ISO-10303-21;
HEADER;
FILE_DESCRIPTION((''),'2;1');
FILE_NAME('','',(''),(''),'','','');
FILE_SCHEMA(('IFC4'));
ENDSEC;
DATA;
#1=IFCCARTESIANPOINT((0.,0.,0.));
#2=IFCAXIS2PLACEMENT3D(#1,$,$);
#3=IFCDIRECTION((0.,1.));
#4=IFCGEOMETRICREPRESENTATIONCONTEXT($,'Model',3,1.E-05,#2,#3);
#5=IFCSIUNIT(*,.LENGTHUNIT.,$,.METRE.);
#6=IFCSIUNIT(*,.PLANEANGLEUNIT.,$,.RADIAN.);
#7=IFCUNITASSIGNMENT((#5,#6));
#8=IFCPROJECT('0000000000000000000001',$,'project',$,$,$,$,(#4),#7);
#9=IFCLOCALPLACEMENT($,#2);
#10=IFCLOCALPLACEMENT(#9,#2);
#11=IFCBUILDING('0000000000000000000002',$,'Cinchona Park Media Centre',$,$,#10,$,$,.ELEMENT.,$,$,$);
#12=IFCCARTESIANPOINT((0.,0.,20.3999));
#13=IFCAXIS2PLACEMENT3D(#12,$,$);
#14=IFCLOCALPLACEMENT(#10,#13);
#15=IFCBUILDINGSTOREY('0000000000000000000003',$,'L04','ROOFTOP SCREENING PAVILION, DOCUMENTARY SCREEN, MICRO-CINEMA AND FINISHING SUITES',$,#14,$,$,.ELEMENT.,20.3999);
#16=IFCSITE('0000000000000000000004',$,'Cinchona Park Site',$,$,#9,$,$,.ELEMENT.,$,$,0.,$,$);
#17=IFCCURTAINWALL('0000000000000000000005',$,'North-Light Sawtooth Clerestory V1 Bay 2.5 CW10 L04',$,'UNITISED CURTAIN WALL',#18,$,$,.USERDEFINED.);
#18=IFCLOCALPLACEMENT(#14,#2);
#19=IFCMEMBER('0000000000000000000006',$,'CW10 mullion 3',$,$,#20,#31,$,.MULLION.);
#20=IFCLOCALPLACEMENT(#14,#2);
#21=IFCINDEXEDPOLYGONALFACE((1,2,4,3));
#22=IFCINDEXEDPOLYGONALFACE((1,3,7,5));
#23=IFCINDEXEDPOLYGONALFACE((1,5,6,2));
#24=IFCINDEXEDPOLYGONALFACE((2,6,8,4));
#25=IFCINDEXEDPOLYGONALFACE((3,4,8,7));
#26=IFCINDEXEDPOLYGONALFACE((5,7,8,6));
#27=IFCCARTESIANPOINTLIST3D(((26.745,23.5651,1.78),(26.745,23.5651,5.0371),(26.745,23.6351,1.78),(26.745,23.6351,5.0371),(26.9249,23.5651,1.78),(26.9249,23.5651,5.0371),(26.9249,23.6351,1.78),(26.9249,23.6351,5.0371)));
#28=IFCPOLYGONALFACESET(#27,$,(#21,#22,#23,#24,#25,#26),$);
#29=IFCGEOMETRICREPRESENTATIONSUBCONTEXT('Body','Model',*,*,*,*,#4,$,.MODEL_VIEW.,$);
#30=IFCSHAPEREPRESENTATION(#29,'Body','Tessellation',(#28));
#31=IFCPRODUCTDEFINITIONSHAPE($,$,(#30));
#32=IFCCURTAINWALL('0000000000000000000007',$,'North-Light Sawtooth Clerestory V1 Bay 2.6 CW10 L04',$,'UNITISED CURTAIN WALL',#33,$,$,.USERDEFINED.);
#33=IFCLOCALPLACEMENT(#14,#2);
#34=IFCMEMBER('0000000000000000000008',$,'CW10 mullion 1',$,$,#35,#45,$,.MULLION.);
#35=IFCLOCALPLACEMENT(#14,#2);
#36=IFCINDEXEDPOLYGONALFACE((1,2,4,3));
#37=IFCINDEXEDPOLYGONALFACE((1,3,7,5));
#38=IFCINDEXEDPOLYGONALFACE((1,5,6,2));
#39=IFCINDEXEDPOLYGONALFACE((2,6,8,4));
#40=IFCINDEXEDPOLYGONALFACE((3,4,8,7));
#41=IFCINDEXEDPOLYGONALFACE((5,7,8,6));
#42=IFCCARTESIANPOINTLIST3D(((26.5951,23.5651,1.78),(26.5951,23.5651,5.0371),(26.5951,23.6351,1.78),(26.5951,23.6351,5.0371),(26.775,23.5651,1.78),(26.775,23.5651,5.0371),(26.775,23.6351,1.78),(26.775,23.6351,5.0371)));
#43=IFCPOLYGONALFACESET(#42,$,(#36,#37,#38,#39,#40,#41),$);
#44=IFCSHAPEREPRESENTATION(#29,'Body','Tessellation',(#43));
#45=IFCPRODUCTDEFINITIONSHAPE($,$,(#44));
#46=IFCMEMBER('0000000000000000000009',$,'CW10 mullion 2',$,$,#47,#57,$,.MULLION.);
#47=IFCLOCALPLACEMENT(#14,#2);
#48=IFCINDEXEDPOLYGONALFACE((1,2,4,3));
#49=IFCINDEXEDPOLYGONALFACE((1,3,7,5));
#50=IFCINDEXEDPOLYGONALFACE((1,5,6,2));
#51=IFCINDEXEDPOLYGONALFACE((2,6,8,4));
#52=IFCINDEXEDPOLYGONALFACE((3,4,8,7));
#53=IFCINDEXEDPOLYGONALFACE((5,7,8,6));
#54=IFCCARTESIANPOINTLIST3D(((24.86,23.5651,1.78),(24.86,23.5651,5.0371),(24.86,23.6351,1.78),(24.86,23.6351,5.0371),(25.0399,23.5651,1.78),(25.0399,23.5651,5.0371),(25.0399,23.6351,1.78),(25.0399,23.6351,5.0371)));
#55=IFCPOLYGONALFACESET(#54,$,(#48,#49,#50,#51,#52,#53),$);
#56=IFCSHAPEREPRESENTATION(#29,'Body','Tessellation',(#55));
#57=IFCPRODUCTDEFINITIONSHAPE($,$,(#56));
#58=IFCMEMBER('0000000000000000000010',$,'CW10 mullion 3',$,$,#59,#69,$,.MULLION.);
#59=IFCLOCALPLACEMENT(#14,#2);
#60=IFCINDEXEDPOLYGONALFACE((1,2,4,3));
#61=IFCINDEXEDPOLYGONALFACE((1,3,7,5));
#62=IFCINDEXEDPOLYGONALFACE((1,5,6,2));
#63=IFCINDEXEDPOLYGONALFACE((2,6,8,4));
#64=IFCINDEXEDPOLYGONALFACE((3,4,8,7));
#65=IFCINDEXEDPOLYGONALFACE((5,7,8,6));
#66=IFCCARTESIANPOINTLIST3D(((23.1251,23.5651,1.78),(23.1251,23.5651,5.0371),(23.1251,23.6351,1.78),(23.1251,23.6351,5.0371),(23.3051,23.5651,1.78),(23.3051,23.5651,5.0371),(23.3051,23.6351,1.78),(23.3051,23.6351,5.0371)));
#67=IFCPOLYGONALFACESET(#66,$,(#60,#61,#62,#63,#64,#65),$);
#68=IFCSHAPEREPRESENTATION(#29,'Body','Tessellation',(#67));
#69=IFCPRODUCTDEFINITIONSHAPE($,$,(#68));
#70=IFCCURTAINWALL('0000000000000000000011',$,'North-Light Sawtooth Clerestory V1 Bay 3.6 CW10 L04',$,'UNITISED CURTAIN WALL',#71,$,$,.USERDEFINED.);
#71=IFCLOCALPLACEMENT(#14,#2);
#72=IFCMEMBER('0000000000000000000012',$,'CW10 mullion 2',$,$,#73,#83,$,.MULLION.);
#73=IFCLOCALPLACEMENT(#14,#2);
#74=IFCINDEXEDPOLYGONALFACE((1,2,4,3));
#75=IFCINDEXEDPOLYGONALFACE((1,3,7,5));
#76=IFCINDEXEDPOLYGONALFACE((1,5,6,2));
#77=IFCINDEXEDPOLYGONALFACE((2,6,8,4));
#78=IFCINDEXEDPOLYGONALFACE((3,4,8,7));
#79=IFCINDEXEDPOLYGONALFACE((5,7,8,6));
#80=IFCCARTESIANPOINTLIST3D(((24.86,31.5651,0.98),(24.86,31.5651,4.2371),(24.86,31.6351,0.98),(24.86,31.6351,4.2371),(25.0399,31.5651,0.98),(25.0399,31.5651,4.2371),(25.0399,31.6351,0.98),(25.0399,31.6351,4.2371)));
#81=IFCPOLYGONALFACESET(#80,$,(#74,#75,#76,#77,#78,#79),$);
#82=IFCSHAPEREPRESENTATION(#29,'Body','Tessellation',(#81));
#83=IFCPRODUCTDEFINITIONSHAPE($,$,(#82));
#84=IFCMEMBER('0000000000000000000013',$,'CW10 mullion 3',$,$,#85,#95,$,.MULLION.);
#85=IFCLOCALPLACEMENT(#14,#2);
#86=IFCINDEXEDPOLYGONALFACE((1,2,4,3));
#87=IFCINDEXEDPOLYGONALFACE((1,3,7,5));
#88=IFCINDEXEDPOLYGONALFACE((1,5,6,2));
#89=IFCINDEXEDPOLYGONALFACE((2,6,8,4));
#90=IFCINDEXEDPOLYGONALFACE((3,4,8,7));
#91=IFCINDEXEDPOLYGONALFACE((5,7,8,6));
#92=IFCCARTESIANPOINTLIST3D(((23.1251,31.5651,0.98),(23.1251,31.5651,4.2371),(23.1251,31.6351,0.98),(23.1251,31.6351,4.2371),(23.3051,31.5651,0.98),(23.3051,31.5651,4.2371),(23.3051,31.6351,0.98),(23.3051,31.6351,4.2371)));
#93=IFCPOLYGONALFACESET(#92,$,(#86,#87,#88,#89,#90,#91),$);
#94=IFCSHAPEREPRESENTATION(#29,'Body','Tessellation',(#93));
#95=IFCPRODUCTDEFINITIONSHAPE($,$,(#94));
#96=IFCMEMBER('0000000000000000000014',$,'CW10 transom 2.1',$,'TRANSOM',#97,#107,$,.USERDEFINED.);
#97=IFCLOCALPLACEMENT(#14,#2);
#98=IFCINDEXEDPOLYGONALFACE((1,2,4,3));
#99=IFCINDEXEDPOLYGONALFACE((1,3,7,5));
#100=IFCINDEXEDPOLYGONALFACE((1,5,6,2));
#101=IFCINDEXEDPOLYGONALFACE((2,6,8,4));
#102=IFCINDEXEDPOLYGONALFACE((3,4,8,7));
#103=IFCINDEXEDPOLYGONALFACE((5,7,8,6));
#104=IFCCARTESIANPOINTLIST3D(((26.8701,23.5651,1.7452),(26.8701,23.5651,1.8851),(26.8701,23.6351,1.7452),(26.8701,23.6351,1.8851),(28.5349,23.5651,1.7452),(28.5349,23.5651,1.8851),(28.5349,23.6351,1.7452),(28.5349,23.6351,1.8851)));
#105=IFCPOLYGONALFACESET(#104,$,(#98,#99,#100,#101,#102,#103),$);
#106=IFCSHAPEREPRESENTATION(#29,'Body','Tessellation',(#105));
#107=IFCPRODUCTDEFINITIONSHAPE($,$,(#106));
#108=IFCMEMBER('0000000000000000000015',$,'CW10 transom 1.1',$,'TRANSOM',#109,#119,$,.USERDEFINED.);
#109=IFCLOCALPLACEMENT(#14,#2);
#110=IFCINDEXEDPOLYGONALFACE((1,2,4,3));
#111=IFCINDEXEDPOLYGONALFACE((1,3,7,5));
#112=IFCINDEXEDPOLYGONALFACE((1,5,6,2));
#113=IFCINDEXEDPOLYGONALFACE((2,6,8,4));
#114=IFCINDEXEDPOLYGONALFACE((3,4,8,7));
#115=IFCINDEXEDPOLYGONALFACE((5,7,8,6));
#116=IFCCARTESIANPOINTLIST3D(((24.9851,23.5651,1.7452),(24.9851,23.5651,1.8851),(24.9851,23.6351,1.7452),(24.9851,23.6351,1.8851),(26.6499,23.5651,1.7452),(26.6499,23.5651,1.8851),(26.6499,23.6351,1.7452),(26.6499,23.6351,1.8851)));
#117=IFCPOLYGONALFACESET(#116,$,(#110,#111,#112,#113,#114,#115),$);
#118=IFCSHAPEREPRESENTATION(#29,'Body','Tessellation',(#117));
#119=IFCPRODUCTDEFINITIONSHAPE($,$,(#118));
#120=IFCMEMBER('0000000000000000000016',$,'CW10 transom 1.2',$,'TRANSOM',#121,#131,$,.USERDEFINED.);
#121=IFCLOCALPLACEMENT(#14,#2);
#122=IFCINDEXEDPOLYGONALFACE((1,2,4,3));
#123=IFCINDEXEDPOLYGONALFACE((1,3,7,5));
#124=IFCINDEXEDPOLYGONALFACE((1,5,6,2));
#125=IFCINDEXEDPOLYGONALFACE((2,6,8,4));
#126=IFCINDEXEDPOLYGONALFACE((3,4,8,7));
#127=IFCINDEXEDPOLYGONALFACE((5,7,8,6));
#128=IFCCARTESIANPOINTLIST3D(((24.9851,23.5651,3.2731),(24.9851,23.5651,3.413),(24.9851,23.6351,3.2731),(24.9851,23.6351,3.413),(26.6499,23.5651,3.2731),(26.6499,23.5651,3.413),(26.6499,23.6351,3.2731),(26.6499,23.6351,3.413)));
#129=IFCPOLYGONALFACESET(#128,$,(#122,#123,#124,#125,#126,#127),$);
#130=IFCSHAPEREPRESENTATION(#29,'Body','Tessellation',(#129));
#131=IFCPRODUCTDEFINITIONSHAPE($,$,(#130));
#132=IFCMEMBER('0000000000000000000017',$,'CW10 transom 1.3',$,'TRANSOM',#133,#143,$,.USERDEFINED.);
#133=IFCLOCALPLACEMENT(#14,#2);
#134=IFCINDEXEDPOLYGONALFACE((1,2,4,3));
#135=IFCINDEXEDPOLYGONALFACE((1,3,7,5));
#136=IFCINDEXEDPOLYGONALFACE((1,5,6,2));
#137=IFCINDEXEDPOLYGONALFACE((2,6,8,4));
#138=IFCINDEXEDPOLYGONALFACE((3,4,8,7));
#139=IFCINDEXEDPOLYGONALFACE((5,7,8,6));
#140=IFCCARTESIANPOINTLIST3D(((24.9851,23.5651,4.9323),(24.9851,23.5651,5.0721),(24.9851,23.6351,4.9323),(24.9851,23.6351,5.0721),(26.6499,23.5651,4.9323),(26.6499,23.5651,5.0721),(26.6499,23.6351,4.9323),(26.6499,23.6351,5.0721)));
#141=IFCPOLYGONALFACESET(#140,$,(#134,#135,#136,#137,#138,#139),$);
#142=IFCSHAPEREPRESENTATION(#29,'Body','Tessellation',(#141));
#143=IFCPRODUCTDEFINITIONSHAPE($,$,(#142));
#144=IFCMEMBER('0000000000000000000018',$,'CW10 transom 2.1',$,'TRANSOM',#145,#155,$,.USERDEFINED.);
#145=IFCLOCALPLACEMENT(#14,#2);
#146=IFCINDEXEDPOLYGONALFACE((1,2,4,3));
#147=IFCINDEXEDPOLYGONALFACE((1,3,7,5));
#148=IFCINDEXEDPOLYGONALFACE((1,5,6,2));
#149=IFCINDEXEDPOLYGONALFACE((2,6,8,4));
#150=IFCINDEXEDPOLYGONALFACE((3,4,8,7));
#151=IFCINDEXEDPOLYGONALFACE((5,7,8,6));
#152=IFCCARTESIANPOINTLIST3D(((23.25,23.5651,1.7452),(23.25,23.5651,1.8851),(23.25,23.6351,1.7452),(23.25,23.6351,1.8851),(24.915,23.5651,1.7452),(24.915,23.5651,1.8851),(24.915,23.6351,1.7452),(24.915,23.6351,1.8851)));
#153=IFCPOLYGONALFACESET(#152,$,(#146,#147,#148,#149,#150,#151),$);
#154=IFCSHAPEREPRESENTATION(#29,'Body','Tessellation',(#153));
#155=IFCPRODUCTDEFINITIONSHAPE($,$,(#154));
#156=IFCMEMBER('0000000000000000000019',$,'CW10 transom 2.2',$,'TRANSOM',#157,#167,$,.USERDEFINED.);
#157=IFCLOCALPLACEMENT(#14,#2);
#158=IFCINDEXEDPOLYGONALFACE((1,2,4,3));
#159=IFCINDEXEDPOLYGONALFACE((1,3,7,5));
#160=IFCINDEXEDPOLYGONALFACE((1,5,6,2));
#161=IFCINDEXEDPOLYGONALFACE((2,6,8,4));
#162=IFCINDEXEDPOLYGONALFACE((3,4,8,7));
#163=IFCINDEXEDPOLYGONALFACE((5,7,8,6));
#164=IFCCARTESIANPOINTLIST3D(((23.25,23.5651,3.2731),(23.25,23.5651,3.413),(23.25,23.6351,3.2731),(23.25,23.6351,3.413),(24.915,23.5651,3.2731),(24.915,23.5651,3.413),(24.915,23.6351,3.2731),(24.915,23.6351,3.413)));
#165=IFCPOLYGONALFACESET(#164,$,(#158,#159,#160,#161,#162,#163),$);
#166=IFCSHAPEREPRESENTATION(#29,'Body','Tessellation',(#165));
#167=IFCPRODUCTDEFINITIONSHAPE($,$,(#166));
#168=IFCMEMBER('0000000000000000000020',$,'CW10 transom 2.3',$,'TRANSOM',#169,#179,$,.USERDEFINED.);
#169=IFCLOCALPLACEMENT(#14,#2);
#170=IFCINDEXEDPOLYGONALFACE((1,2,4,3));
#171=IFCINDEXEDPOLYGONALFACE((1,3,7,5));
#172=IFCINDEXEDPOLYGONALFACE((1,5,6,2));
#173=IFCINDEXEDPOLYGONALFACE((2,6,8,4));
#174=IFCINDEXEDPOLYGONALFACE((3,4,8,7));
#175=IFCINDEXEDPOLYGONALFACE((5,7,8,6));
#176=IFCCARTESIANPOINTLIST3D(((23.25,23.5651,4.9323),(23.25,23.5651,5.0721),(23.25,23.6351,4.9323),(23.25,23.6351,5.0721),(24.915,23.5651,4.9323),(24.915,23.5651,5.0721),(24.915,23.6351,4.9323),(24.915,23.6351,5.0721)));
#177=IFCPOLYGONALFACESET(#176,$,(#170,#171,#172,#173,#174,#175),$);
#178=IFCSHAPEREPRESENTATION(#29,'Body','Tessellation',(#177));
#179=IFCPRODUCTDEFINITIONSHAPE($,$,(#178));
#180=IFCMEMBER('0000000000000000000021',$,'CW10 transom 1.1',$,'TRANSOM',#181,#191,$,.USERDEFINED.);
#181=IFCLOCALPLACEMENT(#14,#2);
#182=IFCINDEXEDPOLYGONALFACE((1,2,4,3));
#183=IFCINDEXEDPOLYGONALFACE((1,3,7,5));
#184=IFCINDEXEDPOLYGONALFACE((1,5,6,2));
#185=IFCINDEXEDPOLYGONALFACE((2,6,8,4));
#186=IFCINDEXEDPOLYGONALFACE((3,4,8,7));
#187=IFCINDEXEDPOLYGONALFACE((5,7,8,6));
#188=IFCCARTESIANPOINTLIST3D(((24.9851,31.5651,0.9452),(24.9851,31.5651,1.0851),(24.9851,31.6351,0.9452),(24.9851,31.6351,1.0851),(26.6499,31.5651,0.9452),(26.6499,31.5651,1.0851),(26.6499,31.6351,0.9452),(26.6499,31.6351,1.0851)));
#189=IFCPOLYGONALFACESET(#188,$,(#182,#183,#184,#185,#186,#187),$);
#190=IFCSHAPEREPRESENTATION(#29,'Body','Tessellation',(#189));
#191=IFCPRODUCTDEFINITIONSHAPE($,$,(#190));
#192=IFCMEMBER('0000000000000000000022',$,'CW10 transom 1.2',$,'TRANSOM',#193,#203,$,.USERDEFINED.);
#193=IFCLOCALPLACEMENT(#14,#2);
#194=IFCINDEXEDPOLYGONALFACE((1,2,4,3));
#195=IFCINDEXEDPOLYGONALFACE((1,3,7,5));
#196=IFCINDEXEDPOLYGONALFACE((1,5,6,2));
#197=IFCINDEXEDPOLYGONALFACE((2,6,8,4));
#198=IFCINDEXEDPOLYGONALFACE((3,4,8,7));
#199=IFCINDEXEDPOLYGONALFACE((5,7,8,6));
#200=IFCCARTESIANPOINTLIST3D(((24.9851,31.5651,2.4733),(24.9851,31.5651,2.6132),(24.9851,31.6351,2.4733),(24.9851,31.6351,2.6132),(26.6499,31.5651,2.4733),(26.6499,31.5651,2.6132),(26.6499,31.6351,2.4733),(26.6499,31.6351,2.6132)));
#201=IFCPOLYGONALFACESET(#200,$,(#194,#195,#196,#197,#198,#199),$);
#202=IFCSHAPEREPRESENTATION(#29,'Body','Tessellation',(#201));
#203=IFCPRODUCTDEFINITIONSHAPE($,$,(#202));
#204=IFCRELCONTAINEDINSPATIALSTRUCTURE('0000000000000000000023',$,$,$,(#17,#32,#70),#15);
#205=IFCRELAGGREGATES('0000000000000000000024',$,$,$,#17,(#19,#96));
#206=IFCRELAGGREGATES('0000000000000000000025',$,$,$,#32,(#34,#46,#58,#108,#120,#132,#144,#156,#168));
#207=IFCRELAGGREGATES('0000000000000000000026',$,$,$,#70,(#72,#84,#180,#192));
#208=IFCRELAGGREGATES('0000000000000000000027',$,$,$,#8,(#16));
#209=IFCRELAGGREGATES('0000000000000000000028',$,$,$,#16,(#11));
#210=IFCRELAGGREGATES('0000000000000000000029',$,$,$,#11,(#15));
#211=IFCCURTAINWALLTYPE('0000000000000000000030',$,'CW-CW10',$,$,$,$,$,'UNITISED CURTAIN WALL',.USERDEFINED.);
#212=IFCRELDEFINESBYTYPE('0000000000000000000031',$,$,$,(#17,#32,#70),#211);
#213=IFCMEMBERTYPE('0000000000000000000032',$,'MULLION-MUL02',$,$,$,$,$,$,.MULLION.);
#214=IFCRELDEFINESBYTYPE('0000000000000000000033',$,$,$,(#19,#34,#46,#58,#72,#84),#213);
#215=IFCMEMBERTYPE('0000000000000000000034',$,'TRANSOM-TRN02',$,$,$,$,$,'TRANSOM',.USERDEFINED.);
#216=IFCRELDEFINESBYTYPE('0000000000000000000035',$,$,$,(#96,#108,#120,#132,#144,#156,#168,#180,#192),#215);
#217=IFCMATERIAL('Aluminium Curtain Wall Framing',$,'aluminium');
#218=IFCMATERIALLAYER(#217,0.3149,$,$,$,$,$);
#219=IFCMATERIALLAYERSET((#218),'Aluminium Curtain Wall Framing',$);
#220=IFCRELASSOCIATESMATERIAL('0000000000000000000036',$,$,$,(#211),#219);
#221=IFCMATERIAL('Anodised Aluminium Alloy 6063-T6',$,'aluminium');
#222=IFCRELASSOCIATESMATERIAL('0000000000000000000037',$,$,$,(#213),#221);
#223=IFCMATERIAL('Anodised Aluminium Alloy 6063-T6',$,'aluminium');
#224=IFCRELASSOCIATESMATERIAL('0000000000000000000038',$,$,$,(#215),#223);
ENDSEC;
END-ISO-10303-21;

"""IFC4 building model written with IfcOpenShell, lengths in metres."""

from ifc_helpers import new_model, si_unit, direction, frame, origin, origin_2d, place, context, subcontext, project, spatial, rectangle, extrude, material, layer, layer_set, material_profile, profile_set, type_object, element, aggregate, save


model = new_model("IFC4")

# Units and contexts
model_context = context("Model", 3, precision=1e-05, world=origin(), true_north=direction((0.0, 1.0)))
body_context = subcontext(model_context, "Body", "Model", "MODEL_VIEW")
ifc_project = project(units=[si_unit("LENGTHUNIT", "METRE"), si_unit("PLANEANGLEUNIT", "RADIAN")], contexts=[model_context])

# Site, building, storey
site_placement = place(None, origin())
site = spatial("IfcSite", under=ifc_project, at=site_placement, Name="Cinchona Park Site", CompositionType="ELEMENT", RefElevation=0.0)
building_placement = place(site_placement, origin())
building = spatial("IfcBuilding", under=site, at=building_placement, Name="Cinchona Park Media Centre", CompositionType="ELEMENT")
storey_placement = place(building_placement, frame((0.0, 0.0, 20.3999)))
storey = spatial("IfcBuildingStorey", under=building, at=storey_placement, Name="L04", Description="ROOFTOP SCREENING PAVILION, DOCUMENTARY SCREEN, MICRO-CINEMA AND FINISHING SUITES", CompositionType="ELEMENT", Elevation=20.3999)

# Curtain wall, member
ifc_material_1 = material(Name="Aluminium Curtain Wall Framing", Category="aluminium")
ifc_layer_1 = layer(ifc_material_1, 0.3149)
ifc_layer_set_1 = layer_set([ifc_layer_1], Name="Aluminium Curtain Wall Framing")
curtain_wall_type = type_object("IfcCurtainWallType", Name="CW-CW10", ElementType="UNITISED CURTAIN WALL", PredefinedType="USERDEFINED", material=ifc_layer_set_1)
curtain_wall_1_placement = place(storey_placement, origin())
curtain_wall_1 = element("IfcCurtainWall", 1, at=curtain_wall_1_placement, inside=storey, type_object=curtain_wall_type, Name="North-Light Sawtooth Clerestory V1 Bay 2.5 CW10 L04", ObjectType="UNITISED CURTAIN WALL", PredefinedType="USERDEFINED")
ifc_material_2 = material(Name="Anodised Aluminium Alloy 6063-T6", Category="aluminium")
ifc_material_profile_1 = material_profile(ifc_material_2, rectangle(XDim=0.0701, YDim=0.1799, at=origin_2d()), Name="MUL-70X180")
ifc_profile_set_1 = profile_set([ifc_material_profile_1], Name="Anodised Aluminium Alloy 6063-T6")
member_type_1 = type_object("IfcMemberType", Name="MULLION-MUL02", PredefinedType="MULLION", material=ifc_profile_set_1)
member_1_placement = place(storey_placement, frame((26.835, 23.6001, 1.78), z_axis=(0.0, 0.0, 1.0), x_axis=(0.0, -1.0, 0.0)))
member_1 = element("IfcMember", 2, at=member_1_placement, type_object=member_type_1, Name="CW10 mullion 3", PredefinedType="MULLION", context=body_context, shape_type="SweptSolid", body=[
    extrude(rectangle(XDim=0.0701, YDim=0.1799, at=origin_2d()), origin(), (0.0, 0.0, 1.0), 3.2571),
])

# Curtain walls, members
curtain_wall_2_placement = place(storey_placement, origin())
curtain_wall_2 = element("IfcCurtainWall", 3, at=curtain_wall_2_placement, inside=storey, type_object=curtain_wall_type, Name="North-Light Sawtooth Clerestory V1 Bay 2.6 CW10 L04", ObjectType="UNITISED CURTAIN WALL", PredefinedType="USERDEFINED")
member_2_placement = place(storey_placement, frame((26.6851, 23.6001, 1.78), z_axis=(0.0, 0.0, 1.0), x_axis=(0.0, -1.0, 0.0)))
member_2 = element("IfcMember", 4, at=member_2_placement, type_object=member_type_1, Name="CW10 mullion 1", PredefinedType="MULLION", context=body_context, shape_type="SweptSolid", body=[
    extrude(rectangle(XDim=0.0701, YDim=0.1799, at=origin_2d()), origin(), (0.0, 0.0, 1.0), 3.2571),
])
member_3_placement = place(storey_placement, frame((24.95, 23.6001, 1.78), z_axis=(0.0, 0.0, 1.0), x_axis=(0.0, -1.0, 0.0)))
member_3 = element("IfcMember", 5, at=member_3_placement, type_object=member_type_1, Name="CW10 mullion 2", PredefinedType="MULLION", context=body_context, shape_type="SweptSolid", body=[
    extrude(rectangle(XDim=0.0701, YDim=0.1799, at=origin_2d()), origin(), (0.0, 0.0, 1.0), 3.2571),
])
member_4_placement = place(storey_placement, frame((23.2151, 23.6001, 1.78), z_axis=(0.0, 0.0, 1.0), x_axis=(0.0, -1.0, 0.0)))
member_4 = element("IfcMember", 6, at=member_4_placement, type_object=member_type_1, Name="CW10 mullion 3", PredefinedType="MULLION", context=body_context, shape_type="SweptSolid", body=[
    extrude(rectangle(XDim=0.0701, YDim=0.1799, at=origin_2d()), origin(), (0.0, 0.0, 1.0), 3.2571),
])
curtain_wall_3_placement = place(storey_placement, origin())
curtain_wall_3 = element("IfcCurtainWall", 7, at=curtain_wall_3_placement, inside=storey, type_object=curtain_wall_type, Name="North-Light Sawtooth Clerestory V1 Bay 3.6 CW10 L04", ObjectType="UNITISED CURTAIN WALL", PredefinedType="USERDEFINED")
member_5_placement = place(storey_placement, frame((24.95, 31.6001, 0.98), z_axis=(0.0, 0.0, 1.0), x_axis=(0.0, -1.0, 0.0)))
member_5 = element("IfcMember", 8, at=member_5_placement, type_object=member_type_1, Name="CW10 mullion 2", PredefinedType="MULLION", context=body_context, shape_type="SweptSolid", body=[
    extrude(rectangle(XDim=0.0701, YDim=0.1799, at=origin_2d()), origin(), (0.0, 0.0, 1.0), 3.2571),
])
member_6_placement = place(storey_placement, frame((23.2151, 31.6001, 0.98), z_axis=(0.0, 0.0, 1.0), x_axis=(0.0, -1.0, 0.0)))
member_6 = element("IfcMember", 9, at=member_6_placement, type_object=member_type_1, Name="CW10 mullion 3", PredefinedType="MULLION", context=body_context, shape_type="SweptSolid", body=[
    extrude(rectangle(XDim=0.0701, YDim=0.1799, at=origin_2d()), origin(), (0.0, 0.0, 1.0), 3.2571),
])

# Members
ifc_material_3 = material(Name="Anodised Aluminium Alloy 6063-T6", Category="aluminium")
ifc_material_profile_2 = material_profile(ifc_material_3, rectangle(XDim=0.0701, YDim=0.1399, at=origin_2d()), Name="TRN-70X140")
ifc_profile_set_2 = profile_set([ifc_material_profile_2], Name="Anodised Aluminium Alloy 6063-T6")
member_type_2 = type_object("IfcMemberType", Name="TRANSOM-TRN02", ElementType="TRANSOM", PredefinedType="USERDEFINED", material=ifc_profile_set_2)
member_7_placement = place(storey_placement, frame((28.5349, 23.6001, 1.8152), z_axis=(-1.0, 0.0, 0.0), x_axis=(0.0, -1.0, 0.0)))
member_7 = element("IfcMember", 10, at=member_7_placement, type_object=member_type_2, Name="CW10 transom 2.1", ObjectType="TRANSOM", PredefinedType="USERDEFINED", context=body_context, shape_type="SweptSolid", body=[
    extrude(rectangle(XDim=0.0701, YDim=0.1399, at=origin_2d()), origin(), (0.0, 0.0, 1.0), 1.6648),
])
member_8_placement = place(storey_placement, frame((26.6499, 23.6001, 1.8152), z_axis=(-1.0, 0.0, 0.0), x_axis=(0.0, -1.0, 0.0)))
member_8 = element("IfcMember", 11, at=member_8_placement, type_object=member_type_2, Name="CW10 transom 1.1", ObjectType="TRANSOM", PredefinedType="USERDEFINED", context=body_context, shape_type="SweptSolid", body=[
    extrude(rectangle(XDim=0.0701, YDim=0.1399, at=origin_2d()), origin(), (0.0, 0.0, 1.0), 1.6648),
])
member_9_placement = place(storey_placement, frame((26.6499, 23.6001, 3.343), z_axis=(-1.0, 0.0, 0.0), x_axis=(0.0, -1.0, 0.0)))
member_9 = element("IfcMember", 12, at=member_9_placement, type_object=member_type_2, Name="CW10 transom 1.2", ObjectType="TRANSOM", PredefinedType="USERDEFINED", context=body_context, shape_type="SweptSolid", body=[
    extrude(rectangle(XDim=0.0701, YDim=0.1399, at=origin_2d()), origin(), (0.0, 0.0, 1.0), 1.6648),
])
member_10_placement = place(storey_placement, frame((26.6499, 23.6001, 5.0022), z_axis=(-1.0, 0.0, 0.0), x_axis=(0.0, -1.0, 0.0)))
member_10 = element("IfcMember", 13, at=member_10_placement, type_object=member_type_2, Name="CW10 transom 1.3", ObjectType="TRANSOM", PredefinedType="USERDEFINED", context=body_context, shape_type="SweptSolid", body=[
    extrude(rectangle(XDim=0.0701, YDim=0.1399, at=origin_2d()), origin(), (0.0, 0.0, 1.0), 1.6648),
])
member_11_placement = place(storey_placement, frame((24.915, 23.6001, 1.8152), z_axis=(-1.0, 0.0, 0.0), x_axis=(0.0, -1.0, 0.0)))
member_11 = element("IfcMember", 14, at=member_11_placement, type_object=member_type_2, Name="CW10 transom 2.1", ObjectType="TRANSOM", PredefinedType="USERDEFINED", context=body_context, shape_type="SweptSolid", body=[
    extrude(rectangle(XDim=0.0701, YDim=0.1399, at=origin_2d()), origin(), (0.0, 0.0, 1.0), 1.665),
])
member_12_placement = place(storey_placement, frame((24.915, 23.6001, 3.343), z_axis=(-1.0, 0.0, 0.0), x_axis=(0.0, -1.0, 0.0)))
member_12 = element("IfcMember", 15, at=member_12_placement, type_object=member_type_2, Name="CW10 transom 2.2", ObjectType="TRANSOM", PredefinedType="USERDEFINED", context=body_context, shape_type="SweptSolid", body=[
    extrude(rectangle(XDim=0.0701, YDim=0.1399, at=origin_2d()), origin(), (0.0, 0.0, 1.0), 1.665),
])
member_13_placement = place(storey_placement, frame((24.915, 23.6001, 5.0022), z_axis=(-1.0, 0.0, 0.0), x_axis=(0.0, -1.0, 0.0)))
member_13 = element("IfcMember", 16, at=member_13_placement, type_object=member_type_2, Name="CW10 transom 2.3", ObjectType="TRANSOM", PredefinedType="USERDEFINED", context=body_context, shape_type="SweptSolid", body=[
    extrude(rectangle(XDim=0.0701, YDim=0.1399, at=origin_2d()), origin(), (0.0, 0.0, 1.0), 1.665),
])
member_14_placement = place(storey_placement, frame((26.6499, 31.6001, 1.0151), z_axis=(-1.0, 0.0, 0.0), x_axis=(0.0, -1.0, 0.0)))
member_14 = element("IfcMember", 17, at=member_14_placement, type_object=member_type_2, Name="CW10 transom 1.1", ObjectType="TRANSOM", PredefinedType="USERDEFINED", context=body_context, shape_type="SweptSolid", body=[
    extrude(rectangle(XDim=0.0701, YDim=0.1399, at=origin_2d()), origin(), (0.0, 0.0, 1.0), 1.6648),
])
member_15_placement = place(storey_placement, frame((26.6499, 31.6001, 2.5432), z_axis=(-1.0, 0.0, 0.0), x_axis=(0.0, -1.0, 0.0)))
member_15 = element("IfcMember", 18, at=member_15_placement, type_object=member_type_2, Name="CW10 transom 1.2", ObjectType="TRANSOM", PredefinedType="USERDEFINED", context=body_context, shape_type="SweptSolid", body=[
    extrude(rectangle(XDim=0.0701, YDim=0.1399, at=origin_2d()), origin(), (0.0, 0.0, 1.0), 1.6648),
])

aggregate(curtain_wall_1, [member_1, member_7])
aggregate(curtain_wall_2, [member_2, member_3, member_4, member_8, member_9, member_10, member_11, member_12, member_13])
aggregate(curtain_wall_3, [member_5, member_6, member_14, member_15])

save(model, "model.ifc")
